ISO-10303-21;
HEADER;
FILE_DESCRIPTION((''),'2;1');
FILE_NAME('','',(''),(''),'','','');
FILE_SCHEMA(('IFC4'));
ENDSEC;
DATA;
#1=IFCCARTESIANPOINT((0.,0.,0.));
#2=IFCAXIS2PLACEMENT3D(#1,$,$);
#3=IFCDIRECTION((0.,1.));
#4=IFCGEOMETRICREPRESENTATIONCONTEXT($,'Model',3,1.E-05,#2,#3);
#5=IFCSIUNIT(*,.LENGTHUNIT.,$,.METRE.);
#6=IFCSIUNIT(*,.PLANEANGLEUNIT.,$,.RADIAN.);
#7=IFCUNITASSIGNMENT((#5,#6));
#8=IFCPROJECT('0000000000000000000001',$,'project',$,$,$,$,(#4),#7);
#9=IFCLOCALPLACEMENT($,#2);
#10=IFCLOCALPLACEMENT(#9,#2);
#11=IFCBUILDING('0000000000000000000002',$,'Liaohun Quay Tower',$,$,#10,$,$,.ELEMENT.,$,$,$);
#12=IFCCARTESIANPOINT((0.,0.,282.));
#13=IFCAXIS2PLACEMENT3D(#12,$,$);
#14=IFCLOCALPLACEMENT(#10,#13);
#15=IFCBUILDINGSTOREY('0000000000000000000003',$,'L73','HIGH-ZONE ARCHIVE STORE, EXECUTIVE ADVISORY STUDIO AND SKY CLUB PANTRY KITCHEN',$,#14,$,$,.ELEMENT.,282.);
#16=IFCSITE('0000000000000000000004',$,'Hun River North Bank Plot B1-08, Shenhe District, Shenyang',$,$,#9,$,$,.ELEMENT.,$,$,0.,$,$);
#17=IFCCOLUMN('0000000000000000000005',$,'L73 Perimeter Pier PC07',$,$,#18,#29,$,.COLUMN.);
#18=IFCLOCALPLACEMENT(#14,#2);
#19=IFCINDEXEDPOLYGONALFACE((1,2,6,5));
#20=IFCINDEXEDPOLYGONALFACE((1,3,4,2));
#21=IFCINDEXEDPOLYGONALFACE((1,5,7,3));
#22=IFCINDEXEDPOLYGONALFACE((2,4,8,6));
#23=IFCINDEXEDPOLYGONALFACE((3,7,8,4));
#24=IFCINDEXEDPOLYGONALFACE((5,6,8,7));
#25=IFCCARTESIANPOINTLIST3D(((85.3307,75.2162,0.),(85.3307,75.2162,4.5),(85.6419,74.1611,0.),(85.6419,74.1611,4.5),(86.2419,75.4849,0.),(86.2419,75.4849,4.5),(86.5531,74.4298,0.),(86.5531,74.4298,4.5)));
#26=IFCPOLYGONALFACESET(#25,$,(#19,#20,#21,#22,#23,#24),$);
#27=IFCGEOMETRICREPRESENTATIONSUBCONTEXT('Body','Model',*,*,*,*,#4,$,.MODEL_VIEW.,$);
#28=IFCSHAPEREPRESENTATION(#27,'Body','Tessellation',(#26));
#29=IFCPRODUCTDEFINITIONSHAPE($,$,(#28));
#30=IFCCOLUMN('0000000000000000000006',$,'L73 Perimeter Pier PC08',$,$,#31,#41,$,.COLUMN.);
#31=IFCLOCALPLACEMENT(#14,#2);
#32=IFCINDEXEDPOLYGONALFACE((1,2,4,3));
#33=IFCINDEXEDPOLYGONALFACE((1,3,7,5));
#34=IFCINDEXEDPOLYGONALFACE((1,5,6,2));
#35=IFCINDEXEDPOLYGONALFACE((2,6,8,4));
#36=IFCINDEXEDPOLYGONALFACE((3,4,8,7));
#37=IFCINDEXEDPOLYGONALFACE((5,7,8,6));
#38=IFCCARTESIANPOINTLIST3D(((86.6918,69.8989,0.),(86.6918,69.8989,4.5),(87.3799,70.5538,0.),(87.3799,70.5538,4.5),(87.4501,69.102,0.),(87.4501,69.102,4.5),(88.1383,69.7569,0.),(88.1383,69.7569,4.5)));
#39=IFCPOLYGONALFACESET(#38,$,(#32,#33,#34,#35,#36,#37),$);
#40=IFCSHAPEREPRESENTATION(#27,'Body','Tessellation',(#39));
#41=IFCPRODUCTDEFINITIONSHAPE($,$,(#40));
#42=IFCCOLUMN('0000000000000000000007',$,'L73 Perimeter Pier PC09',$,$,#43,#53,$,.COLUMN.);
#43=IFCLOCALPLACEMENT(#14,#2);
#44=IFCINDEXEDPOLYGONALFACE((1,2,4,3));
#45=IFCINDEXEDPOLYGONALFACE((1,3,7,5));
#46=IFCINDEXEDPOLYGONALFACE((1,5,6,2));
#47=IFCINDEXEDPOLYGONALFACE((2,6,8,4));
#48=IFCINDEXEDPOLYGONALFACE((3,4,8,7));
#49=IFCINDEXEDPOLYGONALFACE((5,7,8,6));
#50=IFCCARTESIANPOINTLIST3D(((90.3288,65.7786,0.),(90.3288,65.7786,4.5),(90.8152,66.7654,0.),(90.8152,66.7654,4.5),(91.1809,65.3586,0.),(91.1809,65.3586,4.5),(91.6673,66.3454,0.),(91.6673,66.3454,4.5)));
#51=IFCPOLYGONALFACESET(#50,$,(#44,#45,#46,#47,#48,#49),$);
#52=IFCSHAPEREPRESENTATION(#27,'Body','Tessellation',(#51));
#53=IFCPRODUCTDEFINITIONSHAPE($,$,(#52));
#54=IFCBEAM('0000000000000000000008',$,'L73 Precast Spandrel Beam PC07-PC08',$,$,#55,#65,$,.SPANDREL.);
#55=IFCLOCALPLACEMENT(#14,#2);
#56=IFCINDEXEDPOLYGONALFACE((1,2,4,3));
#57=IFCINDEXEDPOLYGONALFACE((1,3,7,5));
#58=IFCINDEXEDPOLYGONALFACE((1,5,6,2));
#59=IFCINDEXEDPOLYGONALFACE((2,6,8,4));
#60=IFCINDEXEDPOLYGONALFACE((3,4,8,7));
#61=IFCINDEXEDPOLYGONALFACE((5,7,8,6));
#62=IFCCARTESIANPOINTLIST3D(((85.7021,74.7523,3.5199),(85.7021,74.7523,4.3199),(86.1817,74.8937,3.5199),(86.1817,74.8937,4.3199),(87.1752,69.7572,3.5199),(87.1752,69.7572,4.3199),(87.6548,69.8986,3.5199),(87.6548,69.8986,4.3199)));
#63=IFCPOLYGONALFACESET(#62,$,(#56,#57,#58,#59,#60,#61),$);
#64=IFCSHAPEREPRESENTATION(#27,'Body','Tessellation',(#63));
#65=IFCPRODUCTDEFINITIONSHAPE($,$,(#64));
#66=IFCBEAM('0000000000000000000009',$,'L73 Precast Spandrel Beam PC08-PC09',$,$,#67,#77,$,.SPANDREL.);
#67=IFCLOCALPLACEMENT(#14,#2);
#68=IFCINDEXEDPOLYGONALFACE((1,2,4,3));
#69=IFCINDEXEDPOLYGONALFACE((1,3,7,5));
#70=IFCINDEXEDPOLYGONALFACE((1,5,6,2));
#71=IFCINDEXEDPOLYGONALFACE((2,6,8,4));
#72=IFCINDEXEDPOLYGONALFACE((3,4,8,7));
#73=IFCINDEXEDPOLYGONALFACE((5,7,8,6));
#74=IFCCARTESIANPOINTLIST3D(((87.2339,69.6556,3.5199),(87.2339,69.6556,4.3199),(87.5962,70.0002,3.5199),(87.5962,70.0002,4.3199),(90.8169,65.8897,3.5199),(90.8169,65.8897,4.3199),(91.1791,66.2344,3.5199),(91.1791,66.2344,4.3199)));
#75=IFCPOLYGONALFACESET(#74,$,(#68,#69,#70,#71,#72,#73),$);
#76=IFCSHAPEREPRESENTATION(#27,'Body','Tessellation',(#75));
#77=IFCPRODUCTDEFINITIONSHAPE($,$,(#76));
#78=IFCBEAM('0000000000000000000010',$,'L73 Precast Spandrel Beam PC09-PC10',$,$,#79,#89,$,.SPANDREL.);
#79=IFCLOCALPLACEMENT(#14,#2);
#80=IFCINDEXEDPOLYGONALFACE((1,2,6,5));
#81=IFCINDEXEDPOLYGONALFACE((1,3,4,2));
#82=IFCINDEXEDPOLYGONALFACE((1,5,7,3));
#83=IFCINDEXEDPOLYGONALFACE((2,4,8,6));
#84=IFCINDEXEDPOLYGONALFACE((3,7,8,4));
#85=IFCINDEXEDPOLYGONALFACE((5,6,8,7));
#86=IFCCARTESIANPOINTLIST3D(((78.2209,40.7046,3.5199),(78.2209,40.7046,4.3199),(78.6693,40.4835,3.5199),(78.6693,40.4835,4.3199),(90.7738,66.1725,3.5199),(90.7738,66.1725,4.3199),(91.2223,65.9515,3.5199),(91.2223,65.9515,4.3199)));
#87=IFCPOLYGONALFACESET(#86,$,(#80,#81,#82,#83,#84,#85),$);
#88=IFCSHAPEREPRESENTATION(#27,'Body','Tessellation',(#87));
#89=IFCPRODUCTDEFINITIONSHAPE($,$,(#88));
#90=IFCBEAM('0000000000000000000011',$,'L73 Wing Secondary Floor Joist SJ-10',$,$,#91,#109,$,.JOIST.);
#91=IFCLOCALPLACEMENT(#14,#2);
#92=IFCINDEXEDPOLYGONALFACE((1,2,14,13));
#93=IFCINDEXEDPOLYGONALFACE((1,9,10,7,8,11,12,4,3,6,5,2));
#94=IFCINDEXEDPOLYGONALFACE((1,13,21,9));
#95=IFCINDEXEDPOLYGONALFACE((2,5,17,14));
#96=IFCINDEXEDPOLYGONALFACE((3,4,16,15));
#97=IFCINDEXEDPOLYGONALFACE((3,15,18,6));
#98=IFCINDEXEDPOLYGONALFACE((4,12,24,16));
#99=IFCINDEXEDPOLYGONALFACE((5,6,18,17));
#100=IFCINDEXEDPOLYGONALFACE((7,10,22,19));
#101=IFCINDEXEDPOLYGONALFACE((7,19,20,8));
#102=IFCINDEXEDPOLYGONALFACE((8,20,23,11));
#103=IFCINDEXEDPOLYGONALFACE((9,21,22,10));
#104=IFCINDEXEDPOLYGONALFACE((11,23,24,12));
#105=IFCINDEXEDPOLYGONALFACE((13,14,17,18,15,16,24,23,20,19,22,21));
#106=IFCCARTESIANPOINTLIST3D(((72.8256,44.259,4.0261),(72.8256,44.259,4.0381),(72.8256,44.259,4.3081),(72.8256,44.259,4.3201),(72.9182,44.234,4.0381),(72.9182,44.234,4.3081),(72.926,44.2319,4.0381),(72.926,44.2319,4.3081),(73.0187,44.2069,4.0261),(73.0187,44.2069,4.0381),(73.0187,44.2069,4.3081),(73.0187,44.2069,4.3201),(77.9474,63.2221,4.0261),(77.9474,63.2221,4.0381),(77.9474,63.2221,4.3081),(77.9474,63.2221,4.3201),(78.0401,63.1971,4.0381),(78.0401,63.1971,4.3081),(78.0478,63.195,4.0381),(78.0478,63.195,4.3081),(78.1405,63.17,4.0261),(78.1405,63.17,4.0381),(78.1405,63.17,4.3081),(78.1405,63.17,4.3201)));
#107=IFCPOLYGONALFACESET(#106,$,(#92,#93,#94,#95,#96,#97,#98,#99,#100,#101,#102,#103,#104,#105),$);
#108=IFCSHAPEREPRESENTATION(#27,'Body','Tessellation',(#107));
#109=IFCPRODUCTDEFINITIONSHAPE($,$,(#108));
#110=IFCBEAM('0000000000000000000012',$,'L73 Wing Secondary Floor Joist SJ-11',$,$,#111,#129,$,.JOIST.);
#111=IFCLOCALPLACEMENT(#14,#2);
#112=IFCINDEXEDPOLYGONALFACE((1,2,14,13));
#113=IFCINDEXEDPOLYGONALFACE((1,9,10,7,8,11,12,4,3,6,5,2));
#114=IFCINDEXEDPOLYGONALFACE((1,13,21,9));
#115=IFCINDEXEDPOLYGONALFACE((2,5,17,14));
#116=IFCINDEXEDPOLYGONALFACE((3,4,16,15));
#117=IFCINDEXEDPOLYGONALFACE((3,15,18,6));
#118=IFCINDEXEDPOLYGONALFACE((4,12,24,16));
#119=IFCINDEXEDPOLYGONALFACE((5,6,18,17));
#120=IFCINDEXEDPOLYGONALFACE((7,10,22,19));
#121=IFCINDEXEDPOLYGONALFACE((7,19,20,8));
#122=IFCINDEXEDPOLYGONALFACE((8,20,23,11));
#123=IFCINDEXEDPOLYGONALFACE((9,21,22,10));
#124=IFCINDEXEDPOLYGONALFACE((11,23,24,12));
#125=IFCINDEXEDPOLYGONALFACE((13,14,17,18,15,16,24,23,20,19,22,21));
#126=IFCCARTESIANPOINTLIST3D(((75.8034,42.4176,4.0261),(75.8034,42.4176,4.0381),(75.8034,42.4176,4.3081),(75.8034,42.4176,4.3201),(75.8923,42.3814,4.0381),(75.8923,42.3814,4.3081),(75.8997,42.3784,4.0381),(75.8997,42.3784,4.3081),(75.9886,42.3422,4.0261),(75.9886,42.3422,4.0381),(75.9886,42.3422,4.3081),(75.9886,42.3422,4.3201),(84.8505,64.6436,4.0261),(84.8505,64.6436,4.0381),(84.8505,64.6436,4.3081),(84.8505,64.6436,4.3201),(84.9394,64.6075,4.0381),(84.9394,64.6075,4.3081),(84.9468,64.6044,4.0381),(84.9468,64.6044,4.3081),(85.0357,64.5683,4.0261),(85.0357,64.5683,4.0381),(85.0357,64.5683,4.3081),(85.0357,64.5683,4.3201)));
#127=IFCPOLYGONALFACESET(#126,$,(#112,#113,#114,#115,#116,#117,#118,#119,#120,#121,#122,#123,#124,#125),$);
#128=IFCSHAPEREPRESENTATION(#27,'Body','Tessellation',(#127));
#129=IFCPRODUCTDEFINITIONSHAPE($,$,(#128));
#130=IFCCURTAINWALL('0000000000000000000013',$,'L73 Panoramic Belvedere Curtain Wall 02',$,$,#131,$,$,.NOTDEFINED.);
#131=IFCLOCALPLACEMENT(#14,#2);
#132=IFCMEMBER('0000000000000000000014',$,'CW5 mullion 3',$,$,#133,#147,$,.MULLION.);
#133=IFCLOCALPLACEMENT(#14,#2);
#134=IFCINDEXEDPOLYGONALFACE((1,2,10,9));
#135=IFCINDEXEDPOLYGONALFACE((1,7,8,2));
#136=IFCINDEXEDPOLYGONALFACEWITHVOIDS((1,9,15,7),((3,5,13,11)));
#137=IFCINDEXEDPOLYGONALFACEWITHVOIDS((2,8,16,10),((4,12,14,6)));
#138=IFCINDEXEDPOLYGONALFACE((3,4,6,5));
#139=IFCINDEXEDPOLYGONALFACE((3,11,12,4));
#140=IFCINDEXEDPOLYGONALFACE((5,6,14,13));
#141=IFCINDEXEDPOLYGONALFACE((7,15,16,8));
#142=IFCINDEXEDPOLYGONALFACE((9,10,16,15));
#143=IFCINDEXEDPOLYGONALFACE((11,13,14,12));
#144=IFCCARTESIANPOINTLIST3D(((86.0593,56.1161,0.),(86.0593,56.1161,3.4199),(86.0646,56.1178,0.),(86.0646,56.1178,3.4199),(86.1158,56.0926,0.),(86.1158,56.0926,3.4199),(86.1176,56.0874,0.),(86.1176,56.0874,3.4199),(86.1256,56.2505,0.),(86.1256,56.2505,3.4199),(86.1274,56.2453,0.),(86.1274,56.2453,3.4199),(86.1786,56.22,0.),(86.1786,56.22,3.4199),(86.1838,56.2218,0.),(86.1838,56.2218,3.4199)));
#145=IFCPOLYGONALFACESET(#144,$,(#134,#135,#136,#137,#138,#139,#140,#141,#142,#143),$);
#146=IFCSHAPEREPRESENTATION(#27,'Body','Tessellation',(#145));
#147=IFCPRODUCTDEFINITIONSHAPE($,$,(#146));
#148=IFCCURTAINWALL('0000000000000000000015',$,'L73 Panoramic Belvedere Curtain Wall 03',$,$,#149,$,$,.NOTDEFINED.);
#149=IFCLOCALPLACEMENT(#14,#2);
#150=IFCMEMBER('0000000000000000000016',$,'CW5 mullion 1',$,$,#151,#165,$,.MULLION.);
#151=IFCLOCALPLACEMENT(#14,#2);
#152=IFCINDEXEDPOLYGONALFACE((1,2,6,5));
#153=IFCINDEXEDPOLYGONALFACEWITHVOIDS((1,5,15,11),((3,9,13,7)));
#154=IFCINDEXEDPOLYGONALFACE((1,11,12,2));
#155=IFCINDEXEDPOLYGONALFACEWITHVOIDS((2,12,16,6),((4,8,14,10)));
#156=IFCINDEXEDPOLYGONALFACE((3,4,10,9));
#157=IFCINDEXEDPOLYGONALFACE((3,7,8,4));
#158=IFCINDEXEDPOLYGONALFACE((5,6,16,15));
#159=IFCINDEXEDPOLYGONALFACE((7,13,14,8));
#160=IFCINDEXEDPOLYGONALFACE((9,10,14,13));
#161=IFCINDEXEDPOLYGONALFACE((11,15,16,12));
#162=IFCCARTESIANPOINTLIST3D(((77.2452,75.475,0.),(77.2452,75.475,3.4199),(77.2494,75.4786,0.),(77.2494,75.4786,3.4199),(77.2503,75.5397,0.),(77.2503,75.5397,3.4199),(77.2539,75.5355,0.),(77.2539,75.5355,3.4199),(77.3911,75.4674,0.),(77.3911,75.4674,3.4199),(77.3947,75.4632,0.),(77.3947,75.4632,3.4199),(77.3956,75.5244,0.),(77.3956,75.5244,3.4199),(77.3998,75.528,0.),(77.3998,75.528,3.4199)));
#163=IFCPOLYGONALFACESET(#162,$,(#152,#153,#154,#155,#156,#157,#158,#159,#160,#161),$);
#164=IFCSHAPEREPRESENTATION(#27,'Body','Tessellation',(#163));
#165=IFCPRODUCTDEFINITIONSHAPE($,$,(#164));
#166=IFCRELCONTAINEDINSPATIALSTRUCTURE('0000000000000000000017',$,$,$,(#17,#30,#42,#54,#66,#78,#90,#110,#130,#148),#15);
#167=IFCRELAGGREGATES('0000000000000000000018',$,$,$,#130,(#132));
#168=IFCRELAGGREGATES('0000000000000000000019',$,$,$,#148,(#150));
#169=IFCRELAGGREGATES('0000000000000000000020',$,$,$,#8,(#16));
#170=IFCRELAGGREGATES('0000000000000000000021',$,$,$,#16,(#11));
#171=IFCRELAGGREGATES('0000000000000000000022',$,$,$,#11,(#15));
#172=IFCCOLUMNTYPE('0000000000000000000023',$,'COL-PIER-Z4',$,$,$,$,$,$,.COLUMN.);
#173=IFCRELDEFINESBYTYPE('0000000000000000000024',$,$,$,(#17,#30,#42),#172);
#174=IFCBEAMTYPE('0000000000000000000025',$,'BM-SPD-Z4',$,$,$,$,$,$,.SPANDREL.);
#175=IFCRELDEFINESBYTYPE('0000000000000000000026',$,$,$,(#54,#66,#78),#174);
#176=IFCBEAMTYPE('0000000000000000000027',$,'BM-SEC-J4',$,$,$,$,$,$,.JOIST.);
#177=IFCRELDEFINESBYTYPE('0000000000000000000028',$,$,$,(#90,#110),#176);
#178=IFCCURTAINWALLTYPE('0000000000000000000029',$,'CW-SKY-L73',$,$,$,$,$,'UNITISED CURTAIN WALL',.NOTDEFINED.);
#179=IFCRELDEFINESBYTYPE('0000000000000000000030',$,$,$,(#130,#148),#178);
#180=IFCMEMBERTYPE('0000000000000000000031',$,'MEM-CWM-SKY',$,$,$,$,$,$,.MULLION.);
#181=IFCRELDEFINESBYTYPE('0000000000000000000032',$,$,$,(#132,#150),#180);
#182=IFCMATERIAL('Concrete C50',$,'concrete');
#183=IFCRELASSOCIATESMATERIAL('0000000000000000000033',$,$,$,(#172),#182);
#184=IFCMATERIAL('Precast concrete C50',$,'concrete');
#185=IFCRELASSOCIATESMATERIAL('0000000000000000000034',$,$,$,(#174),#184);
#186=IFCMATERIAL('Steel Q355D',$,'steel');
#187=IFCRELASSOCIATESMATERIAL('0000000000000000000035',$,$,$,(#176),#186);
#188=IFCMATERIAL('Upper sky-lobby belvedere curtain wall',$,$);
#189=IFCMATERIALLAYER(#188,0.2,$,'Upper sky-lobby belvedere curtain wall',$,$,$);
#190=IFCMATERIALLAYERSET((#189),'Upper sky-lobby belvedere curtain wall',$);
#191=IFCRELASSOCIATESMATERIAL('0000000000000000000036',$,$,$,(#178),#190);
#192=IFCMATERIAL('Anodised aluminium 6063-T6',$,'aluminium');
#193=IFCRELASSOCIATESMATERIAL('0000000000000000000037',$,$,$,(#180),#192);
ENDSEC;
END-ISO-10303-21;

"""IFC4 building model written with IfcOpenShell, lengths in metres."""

from ifc_helpers import new_model, si_unit, direction, frame, origin, origin_2d, place, context, subcontext, project, spatial, rectangle, hollow_rectangle, i_section, extrude, source, transform, mapped, material, layer, layer_set, material_profile, profile_set, type_object, element, aggregate, save


model = new_model("IFC4")

# Units and contexts
model_context = context("Model", 3, precision=1e-05, world=origin(), true_north=direction((0.0, 1.0)))
body_context = subcontext(model_context, "Body", "Model", "MODEL_VIEW")
ifc_project = project(units=[si_unit("LENGTHUNIT", "METRE"), si_unit("PLANEANGLEUNIT", "RADIAN")], contexts=[model_context])

# Site, building, storey
site_placement = place(None, origin())
site = spatial("IfcSite", under=ifc_project, at=site_placement, Name="Hun River North Bank Plot B1-08, Shenhe District, Shenyang", CompositionType="ELEMENT", RefElevation=0.0)
building_placement = place(site_placement, origin())
building = spatial("IfcBuilding", under=site, at=building_placement, Name="Liaohun Quay Tower", CompositionType="ELEMENT")
storey_placement = place(building_placement, frame((0.0, 0.0, 282.0)))
storey = spatial("IfcBuildingStorey", under=building, at=storey_placement, Name="L73", Description="HIGH-ZONE ARCHIVE STORE, EXECUTIVE ADVISORY STUDIO AND SKY CLUB PANTRY KITCHEN", CompositionType="ELEMENT", Elevation=282.0)

# Columns
ifc_material_1 = material(Name="Concrete C50", Category="concrete")
ifc_material_profile_1 = material_profile(ifc_material_1, rectangle(XDim=1.1001, YDim=0.95, at=origin_2d()), Name="RC1100x950")
ifc_profile_set_1 = profile_set([ifc_material_profile_1], Name="Concrete C50")
column_type = type_object("IfcColumnType", Name="COL-PIER-Z4", PredefinedType="COLUMN", material=ifc_profile_set_1)
shared_shape_1 = source(origin(), body_context, "Body", "SweptSolid", [
    extrude(rectangle(XDim=1.1001, YDim=0.95, at=origin_2d()), origin(), (0.0, 0.0, 1.0), 4.5),
])
for number, where, z_axis, x_axis, name in (
    (1, (85.9419, 74.823, 0.0), (0.0, 0.0, 1.0), (-0.282844, 0.959166, 0.0), "L73 Perimeter Pier PC07"),
    (2, (87.415, 69.8279, 0.0), (0.0, 0.0, 1.0), (-0.689367, 0.724413, 0.0), "L73 Perimeter Pier PC08"),
    (3, (90.998, 66.062, 0.0), (0.0, 0.0, 1.0), (0.442132, 0.89695, 0.0), "L73 Perimeter Pier PC09"),
):
    element("IfcColumn", number, at=place(storey_placement, frame(where, z_axis=z_axis, x_axis=x_axis)), inside=storey, type_object=column_type, Name=name, PredefinedType="COLUMN", context=body_context, shape_type="MappedRepresentation", body=[
        mapped(shared_shape_1, transform((0.0, 0.0, 0.0), x_axis=(1.0, 0.0, 0.0), y_axis=(0.0, 1.0, 0.0), z_axis=(0.0, 0.0, 1.0), scale=1.0)),
    ])

# Beams
ifc_material_2 = material(Name="Precast concrete C50", Category="concrete")
ifc_material_profile_2 = material_profile(ifc_material_2, rectangle(XDim=0.5, YDim=0.8, at=origin_2d()), Name="RC500x800")
ifc_profile_set_2 = profile_set([ifc_material_profile_2], Name="Precast concrete C50")
beam_type_1 = type_object("IfcBeamType", Name="BM-SPD-Z4", PredefinedType="SPANDREL", material=ifc_profile_set_2)
shared_shape_2 = source(origin(), body_context, "Body", "SweptSolid", [
    extrude(rectangle(XDim=0.5, YDim=0.8, at=origin_2d()), origin(), (0.0, 0.0, 1.0), 5.2078),
])
beam_1_placement = place(storey_placement, frame((85.9419, 74.823, 3.9199), z_axis=(0.282872, -0.959158, 0.0), x_axis=(0.959158, 0.282872, 0.0)))
element("IfcBeam", 4, at=beam_1_placement, inside=storey, type_object=beam_type_1, Name="L73 Precast Spandrel Beam PC07-PC08", PredefinedType="SPANDREL", context=body_context, shape_type="MappedRepresentation", body=[
    mapped(shared_shape_2, transform((0.0, 0.0, 0.0), x_axis=(1.0, 0.0, 0.0), y_axis=(0.0, 1.0, 0.0), z_axis=(0.0, 0.0, 1.0), scale=1.0)),
])
shared_shape_3 = source(origin(), body_context, "Body", "SweptSolid", [
    extrude(rectangle(XDim=0.5, YDim=0.8, at=origin_2d()), origin(), (0.0, 0.0, 1.0), 5.198),
])
beam_2_placement = place(storey_placement, frame((87.415, 69.8279, 3.9199), z_axis=(0.689299, -0.724477, 0.0), x_axis=(0.724477, 0.689299, 0.0)))
element("IfcBeam", 5, at=beam_2_placement, inside=storey, type_object=beam_type_1, Name="L73 Precast Spandrel Beam PC08-PC09", PredefinedType="SPANDREL", context=body_context, shape_type="MappedRepresentation", body=[
    mapped(shared_shape_3, transform((0.0, 0.0, 0.0), x_axis=(1.0, 0.0, 0.0), y_axis=(0.0, 1.0, 0.0), z_axis=(0.0, 0.0, 1.0), scale=1.0)),
])
shared_shape_4 = source(origin(), body_context, "Body", "SweptSolid", [
    extrude(rectangle(XDim=0.5, YDim=0.8, at=origin_2d()), origin(), (0.0, 0.0, 1.0), 28.3936),
])
beam_3_placement = place(storey_placement, frame((90.998, 66.062, 3.9199), z_axis=(-0.442106, -0.896963, 0.0), x_axis=(0.896963, -0.442106, 0.0)))
element("IfcBeam", 6, at=beam_3_placement, inside=storey, type_object=beam_type_1, Name="L73 Precast Spandrel Beam PC09-PC10", PredefinedType="SPANDREL", context=body_context, shape_type="MappedRepresentation", body=[
    mapped(shared_shape_4, transform((0.0, 0.0, 0.0), x_axis=(1.0, 0.0, 0.0), y_axis=(0.0, 1.0, 0.0), z_axis=(0.0, 0.0, 1.0), scale=1.0)),
])
ifc_material_3 = material(Name="Steel Q355D", Category="steel")
ifc_material_profile_3 = material_profile(ifc_material_3, i_section(OverallWidth=0.2, OverallDepth=0.2939, WebThickness=0.0081, FlangeThickness=0.012, at=origin_2d()), Name="HM294x200x8x12")
ifc_profile_set_3 = profile_set([ifc_material_profile_3], Name="Steel Q355D")
beam_type_2 = type_object("IfcBeamType", Name="BM-SEC-J4", PredefinedType="JOIST", material=ifc_profile_set_3)
shared_shape_5 = source(origin(), body_context, "Body", "SweptSolid", [
    extrude(i_section(OverallWidth=0.2, OverallDepth=0.2939, WebThickness=0.0081, FlangeThickness=0.012, at=origin_2d()), origin(), (0.0, 0.0, 1.0), 19.6426),
])
beam_4_placement = place(storey_placement, frame((78.0439, 63.196, 4.1731), z_axis=(-0.26075, -0.965406, 0.0), x_axis=(0.965406, -0.26075, 0.0)))
element("IfcBeam", 7, at=beam_4_placement, inside=storey, type_object=beam_type_2, Name="L73 Wing Secondary Floor Joist SJ-10", PredefinedType="JOIST", context=body_context, shape_type="MappedRepresentation", body=[
    mapped(shared_shape_5, transform((0.0, 0.0, 0.0), x_axis=(1.0, 0.0, 0.0), y_axis=(0.0, 1.0, 0.0), z_axis=(0.0, 0.0, 1.0), scale=1.0)),
])
shared_shape_6 = source(origin(), body_context, "Body", "SweptSolid", [
    extrude(i_section(OverallWidth=0.2, OverallDepth=0.2939, WebThickness=0.0081, FlangeThickness=0.012, at=origin_2d()), origin(), (0.0, 0.0, 1.0), 23.9968),
])
beam_5_placement = place(storey_placement, frame((84.9431, 64.606, 4.1731), z_axis=(-0.377013, -0.926208, 0.0), x_axis=(0.926208, -0.377013, 0.0)))
element("IfcBeam", 8, at=beam_5_placement, inside=storey, type_object=beam_type_2, Name="L73 Wing Secondary Floor Joist SJ-11", PredefinedType="JOIST", context=body_context, shape_type="MappedRepresentation", body=[
    mapped(shared_shape_6, transform((0.0, 0.0, 0.0), x_axis=(1.0, 0.0, 0.0), y_axis=(0.0, 1.0, 0.0), z_axis=(0.0, 0.0, 1.0), scale=1.0)),
])

# Curtain wall, member
ifc_material_4 = material(Name="Upper sky-lobby belvedere curtain wall")
ifc_layer_1 = layer(ifc_material_4, 0.2, Name="Upper sky-lobby belvedere curtain wall")
ifc_layer_set_1 = layer_set([ifc_layer_1], Name="Upper sky-lobby belvedere curtain wall")
curtain_wall_type = type_object("IfcCurtainWallType", Name="CW-SKY-L73", ElementType="UNITISED CURTAIN WALL", PredefinedType="NOTDEFINED", material=ifc_layer_set_1)
curtain_wall_1_placement = place(storey_placement, origin())
curtain_wall_1 = element("IfcCurtainWall", 9, at=curtain_wall_1_placement, inside=storey, type_object=curtain_wall_type, Name="L73 Panoramic Belvedere Curtain Wall 02", PredefinedType="NOTDEFINED")
ifc_material_5 = material(Name="Anodised aluminium 6063-T6", Category="aluminium")
ifc_material_profile_4 = material_profile(ifc_material_5, hollow_rectangle(XDim=0.0649, YDim=0.1499, WallThickness=0.0039, at=origin_2d()), Name="RHS150x65x4")
ifc_profile_set_4 = profile_set([ifc_material_profile_4], Name="Anodised aluminium 6063-T6")
member_type_1 = type_object("IfcMemberType", Name="MEM-CWM-SKY", PredefinedType="MULLION", material=ifc_profile_set_4)
shared_shape_7 = source(origin(), body_context, "Body", "SweptSolid", [
    extrude(hollow_rectangle(XDim=0.0649, YDim=0.1499, WallThickness=0.0039, at=origin_2d()), origin(), (0.0, 0.0, 1.0), 3.4199),
])
member_1_placement = place(storey_placement, frame((86.1216, 56.1689, 0.0), z_axis=(0.0, 0.0, 1.0), x_axis=(-0.896975, 0.442081, 0.0)))
member_1 = element("IfcMember", 10, at=member_1_placement, type_object=member_type_1, Name="CW5 mullion 3", PredefinedType="MULLION", context=body_context, shape_type="MappedRepresentation", body=[
    mapped(shared_shape_7, transform((0.0, 0.0, 0.0), x_axis=(1.0, 0.0, 0.0), y_axis=(0.0, 1.0, 0.0), z_axis=(0.0, 0.0, 1.0), scale=1.0)),
])
aggregate(curtain_wall_1, [member_1])

# Curtain wall, member
curtain_wall_2_placement = place(storey_placement, origin())
curtain_wall_2 = element("IfcCurtainWall", 11, at=curtain_wall_2_placement, inside=storey, type_object=curtain_wall_type, Name="L73 Panoramic Belvedere Curtain Wall 03", PredefinedType="NOTDEFINED")
member_2_placement = place(storey_placement, frame((77.3225, 75.5015, 0.0), z_axis=(0.0, 0.0, 1.0), x_axis=(-0.078429, -0.99692, 0.0)))
member_2 = element("IfcMember", 12, at=member_2_placement, type_object=member_type_1, Name="CW5 mullion 1", PredefinedType="MULLION", context=body_context, shape_type="MappedRepresentation", body=[
    mapped(shared_shape_7, transform((0.0, 0.0, 0.0), x_axis=(1.0, 0.0, 0.0), y_axis=(0.0, 1.0, 0.0), z_axis=(0.0, 0.0, 1.0), scale=1.0)),
])
aggregate(curtain_wall_2, [member_2])

save(model, "model.ifc")
